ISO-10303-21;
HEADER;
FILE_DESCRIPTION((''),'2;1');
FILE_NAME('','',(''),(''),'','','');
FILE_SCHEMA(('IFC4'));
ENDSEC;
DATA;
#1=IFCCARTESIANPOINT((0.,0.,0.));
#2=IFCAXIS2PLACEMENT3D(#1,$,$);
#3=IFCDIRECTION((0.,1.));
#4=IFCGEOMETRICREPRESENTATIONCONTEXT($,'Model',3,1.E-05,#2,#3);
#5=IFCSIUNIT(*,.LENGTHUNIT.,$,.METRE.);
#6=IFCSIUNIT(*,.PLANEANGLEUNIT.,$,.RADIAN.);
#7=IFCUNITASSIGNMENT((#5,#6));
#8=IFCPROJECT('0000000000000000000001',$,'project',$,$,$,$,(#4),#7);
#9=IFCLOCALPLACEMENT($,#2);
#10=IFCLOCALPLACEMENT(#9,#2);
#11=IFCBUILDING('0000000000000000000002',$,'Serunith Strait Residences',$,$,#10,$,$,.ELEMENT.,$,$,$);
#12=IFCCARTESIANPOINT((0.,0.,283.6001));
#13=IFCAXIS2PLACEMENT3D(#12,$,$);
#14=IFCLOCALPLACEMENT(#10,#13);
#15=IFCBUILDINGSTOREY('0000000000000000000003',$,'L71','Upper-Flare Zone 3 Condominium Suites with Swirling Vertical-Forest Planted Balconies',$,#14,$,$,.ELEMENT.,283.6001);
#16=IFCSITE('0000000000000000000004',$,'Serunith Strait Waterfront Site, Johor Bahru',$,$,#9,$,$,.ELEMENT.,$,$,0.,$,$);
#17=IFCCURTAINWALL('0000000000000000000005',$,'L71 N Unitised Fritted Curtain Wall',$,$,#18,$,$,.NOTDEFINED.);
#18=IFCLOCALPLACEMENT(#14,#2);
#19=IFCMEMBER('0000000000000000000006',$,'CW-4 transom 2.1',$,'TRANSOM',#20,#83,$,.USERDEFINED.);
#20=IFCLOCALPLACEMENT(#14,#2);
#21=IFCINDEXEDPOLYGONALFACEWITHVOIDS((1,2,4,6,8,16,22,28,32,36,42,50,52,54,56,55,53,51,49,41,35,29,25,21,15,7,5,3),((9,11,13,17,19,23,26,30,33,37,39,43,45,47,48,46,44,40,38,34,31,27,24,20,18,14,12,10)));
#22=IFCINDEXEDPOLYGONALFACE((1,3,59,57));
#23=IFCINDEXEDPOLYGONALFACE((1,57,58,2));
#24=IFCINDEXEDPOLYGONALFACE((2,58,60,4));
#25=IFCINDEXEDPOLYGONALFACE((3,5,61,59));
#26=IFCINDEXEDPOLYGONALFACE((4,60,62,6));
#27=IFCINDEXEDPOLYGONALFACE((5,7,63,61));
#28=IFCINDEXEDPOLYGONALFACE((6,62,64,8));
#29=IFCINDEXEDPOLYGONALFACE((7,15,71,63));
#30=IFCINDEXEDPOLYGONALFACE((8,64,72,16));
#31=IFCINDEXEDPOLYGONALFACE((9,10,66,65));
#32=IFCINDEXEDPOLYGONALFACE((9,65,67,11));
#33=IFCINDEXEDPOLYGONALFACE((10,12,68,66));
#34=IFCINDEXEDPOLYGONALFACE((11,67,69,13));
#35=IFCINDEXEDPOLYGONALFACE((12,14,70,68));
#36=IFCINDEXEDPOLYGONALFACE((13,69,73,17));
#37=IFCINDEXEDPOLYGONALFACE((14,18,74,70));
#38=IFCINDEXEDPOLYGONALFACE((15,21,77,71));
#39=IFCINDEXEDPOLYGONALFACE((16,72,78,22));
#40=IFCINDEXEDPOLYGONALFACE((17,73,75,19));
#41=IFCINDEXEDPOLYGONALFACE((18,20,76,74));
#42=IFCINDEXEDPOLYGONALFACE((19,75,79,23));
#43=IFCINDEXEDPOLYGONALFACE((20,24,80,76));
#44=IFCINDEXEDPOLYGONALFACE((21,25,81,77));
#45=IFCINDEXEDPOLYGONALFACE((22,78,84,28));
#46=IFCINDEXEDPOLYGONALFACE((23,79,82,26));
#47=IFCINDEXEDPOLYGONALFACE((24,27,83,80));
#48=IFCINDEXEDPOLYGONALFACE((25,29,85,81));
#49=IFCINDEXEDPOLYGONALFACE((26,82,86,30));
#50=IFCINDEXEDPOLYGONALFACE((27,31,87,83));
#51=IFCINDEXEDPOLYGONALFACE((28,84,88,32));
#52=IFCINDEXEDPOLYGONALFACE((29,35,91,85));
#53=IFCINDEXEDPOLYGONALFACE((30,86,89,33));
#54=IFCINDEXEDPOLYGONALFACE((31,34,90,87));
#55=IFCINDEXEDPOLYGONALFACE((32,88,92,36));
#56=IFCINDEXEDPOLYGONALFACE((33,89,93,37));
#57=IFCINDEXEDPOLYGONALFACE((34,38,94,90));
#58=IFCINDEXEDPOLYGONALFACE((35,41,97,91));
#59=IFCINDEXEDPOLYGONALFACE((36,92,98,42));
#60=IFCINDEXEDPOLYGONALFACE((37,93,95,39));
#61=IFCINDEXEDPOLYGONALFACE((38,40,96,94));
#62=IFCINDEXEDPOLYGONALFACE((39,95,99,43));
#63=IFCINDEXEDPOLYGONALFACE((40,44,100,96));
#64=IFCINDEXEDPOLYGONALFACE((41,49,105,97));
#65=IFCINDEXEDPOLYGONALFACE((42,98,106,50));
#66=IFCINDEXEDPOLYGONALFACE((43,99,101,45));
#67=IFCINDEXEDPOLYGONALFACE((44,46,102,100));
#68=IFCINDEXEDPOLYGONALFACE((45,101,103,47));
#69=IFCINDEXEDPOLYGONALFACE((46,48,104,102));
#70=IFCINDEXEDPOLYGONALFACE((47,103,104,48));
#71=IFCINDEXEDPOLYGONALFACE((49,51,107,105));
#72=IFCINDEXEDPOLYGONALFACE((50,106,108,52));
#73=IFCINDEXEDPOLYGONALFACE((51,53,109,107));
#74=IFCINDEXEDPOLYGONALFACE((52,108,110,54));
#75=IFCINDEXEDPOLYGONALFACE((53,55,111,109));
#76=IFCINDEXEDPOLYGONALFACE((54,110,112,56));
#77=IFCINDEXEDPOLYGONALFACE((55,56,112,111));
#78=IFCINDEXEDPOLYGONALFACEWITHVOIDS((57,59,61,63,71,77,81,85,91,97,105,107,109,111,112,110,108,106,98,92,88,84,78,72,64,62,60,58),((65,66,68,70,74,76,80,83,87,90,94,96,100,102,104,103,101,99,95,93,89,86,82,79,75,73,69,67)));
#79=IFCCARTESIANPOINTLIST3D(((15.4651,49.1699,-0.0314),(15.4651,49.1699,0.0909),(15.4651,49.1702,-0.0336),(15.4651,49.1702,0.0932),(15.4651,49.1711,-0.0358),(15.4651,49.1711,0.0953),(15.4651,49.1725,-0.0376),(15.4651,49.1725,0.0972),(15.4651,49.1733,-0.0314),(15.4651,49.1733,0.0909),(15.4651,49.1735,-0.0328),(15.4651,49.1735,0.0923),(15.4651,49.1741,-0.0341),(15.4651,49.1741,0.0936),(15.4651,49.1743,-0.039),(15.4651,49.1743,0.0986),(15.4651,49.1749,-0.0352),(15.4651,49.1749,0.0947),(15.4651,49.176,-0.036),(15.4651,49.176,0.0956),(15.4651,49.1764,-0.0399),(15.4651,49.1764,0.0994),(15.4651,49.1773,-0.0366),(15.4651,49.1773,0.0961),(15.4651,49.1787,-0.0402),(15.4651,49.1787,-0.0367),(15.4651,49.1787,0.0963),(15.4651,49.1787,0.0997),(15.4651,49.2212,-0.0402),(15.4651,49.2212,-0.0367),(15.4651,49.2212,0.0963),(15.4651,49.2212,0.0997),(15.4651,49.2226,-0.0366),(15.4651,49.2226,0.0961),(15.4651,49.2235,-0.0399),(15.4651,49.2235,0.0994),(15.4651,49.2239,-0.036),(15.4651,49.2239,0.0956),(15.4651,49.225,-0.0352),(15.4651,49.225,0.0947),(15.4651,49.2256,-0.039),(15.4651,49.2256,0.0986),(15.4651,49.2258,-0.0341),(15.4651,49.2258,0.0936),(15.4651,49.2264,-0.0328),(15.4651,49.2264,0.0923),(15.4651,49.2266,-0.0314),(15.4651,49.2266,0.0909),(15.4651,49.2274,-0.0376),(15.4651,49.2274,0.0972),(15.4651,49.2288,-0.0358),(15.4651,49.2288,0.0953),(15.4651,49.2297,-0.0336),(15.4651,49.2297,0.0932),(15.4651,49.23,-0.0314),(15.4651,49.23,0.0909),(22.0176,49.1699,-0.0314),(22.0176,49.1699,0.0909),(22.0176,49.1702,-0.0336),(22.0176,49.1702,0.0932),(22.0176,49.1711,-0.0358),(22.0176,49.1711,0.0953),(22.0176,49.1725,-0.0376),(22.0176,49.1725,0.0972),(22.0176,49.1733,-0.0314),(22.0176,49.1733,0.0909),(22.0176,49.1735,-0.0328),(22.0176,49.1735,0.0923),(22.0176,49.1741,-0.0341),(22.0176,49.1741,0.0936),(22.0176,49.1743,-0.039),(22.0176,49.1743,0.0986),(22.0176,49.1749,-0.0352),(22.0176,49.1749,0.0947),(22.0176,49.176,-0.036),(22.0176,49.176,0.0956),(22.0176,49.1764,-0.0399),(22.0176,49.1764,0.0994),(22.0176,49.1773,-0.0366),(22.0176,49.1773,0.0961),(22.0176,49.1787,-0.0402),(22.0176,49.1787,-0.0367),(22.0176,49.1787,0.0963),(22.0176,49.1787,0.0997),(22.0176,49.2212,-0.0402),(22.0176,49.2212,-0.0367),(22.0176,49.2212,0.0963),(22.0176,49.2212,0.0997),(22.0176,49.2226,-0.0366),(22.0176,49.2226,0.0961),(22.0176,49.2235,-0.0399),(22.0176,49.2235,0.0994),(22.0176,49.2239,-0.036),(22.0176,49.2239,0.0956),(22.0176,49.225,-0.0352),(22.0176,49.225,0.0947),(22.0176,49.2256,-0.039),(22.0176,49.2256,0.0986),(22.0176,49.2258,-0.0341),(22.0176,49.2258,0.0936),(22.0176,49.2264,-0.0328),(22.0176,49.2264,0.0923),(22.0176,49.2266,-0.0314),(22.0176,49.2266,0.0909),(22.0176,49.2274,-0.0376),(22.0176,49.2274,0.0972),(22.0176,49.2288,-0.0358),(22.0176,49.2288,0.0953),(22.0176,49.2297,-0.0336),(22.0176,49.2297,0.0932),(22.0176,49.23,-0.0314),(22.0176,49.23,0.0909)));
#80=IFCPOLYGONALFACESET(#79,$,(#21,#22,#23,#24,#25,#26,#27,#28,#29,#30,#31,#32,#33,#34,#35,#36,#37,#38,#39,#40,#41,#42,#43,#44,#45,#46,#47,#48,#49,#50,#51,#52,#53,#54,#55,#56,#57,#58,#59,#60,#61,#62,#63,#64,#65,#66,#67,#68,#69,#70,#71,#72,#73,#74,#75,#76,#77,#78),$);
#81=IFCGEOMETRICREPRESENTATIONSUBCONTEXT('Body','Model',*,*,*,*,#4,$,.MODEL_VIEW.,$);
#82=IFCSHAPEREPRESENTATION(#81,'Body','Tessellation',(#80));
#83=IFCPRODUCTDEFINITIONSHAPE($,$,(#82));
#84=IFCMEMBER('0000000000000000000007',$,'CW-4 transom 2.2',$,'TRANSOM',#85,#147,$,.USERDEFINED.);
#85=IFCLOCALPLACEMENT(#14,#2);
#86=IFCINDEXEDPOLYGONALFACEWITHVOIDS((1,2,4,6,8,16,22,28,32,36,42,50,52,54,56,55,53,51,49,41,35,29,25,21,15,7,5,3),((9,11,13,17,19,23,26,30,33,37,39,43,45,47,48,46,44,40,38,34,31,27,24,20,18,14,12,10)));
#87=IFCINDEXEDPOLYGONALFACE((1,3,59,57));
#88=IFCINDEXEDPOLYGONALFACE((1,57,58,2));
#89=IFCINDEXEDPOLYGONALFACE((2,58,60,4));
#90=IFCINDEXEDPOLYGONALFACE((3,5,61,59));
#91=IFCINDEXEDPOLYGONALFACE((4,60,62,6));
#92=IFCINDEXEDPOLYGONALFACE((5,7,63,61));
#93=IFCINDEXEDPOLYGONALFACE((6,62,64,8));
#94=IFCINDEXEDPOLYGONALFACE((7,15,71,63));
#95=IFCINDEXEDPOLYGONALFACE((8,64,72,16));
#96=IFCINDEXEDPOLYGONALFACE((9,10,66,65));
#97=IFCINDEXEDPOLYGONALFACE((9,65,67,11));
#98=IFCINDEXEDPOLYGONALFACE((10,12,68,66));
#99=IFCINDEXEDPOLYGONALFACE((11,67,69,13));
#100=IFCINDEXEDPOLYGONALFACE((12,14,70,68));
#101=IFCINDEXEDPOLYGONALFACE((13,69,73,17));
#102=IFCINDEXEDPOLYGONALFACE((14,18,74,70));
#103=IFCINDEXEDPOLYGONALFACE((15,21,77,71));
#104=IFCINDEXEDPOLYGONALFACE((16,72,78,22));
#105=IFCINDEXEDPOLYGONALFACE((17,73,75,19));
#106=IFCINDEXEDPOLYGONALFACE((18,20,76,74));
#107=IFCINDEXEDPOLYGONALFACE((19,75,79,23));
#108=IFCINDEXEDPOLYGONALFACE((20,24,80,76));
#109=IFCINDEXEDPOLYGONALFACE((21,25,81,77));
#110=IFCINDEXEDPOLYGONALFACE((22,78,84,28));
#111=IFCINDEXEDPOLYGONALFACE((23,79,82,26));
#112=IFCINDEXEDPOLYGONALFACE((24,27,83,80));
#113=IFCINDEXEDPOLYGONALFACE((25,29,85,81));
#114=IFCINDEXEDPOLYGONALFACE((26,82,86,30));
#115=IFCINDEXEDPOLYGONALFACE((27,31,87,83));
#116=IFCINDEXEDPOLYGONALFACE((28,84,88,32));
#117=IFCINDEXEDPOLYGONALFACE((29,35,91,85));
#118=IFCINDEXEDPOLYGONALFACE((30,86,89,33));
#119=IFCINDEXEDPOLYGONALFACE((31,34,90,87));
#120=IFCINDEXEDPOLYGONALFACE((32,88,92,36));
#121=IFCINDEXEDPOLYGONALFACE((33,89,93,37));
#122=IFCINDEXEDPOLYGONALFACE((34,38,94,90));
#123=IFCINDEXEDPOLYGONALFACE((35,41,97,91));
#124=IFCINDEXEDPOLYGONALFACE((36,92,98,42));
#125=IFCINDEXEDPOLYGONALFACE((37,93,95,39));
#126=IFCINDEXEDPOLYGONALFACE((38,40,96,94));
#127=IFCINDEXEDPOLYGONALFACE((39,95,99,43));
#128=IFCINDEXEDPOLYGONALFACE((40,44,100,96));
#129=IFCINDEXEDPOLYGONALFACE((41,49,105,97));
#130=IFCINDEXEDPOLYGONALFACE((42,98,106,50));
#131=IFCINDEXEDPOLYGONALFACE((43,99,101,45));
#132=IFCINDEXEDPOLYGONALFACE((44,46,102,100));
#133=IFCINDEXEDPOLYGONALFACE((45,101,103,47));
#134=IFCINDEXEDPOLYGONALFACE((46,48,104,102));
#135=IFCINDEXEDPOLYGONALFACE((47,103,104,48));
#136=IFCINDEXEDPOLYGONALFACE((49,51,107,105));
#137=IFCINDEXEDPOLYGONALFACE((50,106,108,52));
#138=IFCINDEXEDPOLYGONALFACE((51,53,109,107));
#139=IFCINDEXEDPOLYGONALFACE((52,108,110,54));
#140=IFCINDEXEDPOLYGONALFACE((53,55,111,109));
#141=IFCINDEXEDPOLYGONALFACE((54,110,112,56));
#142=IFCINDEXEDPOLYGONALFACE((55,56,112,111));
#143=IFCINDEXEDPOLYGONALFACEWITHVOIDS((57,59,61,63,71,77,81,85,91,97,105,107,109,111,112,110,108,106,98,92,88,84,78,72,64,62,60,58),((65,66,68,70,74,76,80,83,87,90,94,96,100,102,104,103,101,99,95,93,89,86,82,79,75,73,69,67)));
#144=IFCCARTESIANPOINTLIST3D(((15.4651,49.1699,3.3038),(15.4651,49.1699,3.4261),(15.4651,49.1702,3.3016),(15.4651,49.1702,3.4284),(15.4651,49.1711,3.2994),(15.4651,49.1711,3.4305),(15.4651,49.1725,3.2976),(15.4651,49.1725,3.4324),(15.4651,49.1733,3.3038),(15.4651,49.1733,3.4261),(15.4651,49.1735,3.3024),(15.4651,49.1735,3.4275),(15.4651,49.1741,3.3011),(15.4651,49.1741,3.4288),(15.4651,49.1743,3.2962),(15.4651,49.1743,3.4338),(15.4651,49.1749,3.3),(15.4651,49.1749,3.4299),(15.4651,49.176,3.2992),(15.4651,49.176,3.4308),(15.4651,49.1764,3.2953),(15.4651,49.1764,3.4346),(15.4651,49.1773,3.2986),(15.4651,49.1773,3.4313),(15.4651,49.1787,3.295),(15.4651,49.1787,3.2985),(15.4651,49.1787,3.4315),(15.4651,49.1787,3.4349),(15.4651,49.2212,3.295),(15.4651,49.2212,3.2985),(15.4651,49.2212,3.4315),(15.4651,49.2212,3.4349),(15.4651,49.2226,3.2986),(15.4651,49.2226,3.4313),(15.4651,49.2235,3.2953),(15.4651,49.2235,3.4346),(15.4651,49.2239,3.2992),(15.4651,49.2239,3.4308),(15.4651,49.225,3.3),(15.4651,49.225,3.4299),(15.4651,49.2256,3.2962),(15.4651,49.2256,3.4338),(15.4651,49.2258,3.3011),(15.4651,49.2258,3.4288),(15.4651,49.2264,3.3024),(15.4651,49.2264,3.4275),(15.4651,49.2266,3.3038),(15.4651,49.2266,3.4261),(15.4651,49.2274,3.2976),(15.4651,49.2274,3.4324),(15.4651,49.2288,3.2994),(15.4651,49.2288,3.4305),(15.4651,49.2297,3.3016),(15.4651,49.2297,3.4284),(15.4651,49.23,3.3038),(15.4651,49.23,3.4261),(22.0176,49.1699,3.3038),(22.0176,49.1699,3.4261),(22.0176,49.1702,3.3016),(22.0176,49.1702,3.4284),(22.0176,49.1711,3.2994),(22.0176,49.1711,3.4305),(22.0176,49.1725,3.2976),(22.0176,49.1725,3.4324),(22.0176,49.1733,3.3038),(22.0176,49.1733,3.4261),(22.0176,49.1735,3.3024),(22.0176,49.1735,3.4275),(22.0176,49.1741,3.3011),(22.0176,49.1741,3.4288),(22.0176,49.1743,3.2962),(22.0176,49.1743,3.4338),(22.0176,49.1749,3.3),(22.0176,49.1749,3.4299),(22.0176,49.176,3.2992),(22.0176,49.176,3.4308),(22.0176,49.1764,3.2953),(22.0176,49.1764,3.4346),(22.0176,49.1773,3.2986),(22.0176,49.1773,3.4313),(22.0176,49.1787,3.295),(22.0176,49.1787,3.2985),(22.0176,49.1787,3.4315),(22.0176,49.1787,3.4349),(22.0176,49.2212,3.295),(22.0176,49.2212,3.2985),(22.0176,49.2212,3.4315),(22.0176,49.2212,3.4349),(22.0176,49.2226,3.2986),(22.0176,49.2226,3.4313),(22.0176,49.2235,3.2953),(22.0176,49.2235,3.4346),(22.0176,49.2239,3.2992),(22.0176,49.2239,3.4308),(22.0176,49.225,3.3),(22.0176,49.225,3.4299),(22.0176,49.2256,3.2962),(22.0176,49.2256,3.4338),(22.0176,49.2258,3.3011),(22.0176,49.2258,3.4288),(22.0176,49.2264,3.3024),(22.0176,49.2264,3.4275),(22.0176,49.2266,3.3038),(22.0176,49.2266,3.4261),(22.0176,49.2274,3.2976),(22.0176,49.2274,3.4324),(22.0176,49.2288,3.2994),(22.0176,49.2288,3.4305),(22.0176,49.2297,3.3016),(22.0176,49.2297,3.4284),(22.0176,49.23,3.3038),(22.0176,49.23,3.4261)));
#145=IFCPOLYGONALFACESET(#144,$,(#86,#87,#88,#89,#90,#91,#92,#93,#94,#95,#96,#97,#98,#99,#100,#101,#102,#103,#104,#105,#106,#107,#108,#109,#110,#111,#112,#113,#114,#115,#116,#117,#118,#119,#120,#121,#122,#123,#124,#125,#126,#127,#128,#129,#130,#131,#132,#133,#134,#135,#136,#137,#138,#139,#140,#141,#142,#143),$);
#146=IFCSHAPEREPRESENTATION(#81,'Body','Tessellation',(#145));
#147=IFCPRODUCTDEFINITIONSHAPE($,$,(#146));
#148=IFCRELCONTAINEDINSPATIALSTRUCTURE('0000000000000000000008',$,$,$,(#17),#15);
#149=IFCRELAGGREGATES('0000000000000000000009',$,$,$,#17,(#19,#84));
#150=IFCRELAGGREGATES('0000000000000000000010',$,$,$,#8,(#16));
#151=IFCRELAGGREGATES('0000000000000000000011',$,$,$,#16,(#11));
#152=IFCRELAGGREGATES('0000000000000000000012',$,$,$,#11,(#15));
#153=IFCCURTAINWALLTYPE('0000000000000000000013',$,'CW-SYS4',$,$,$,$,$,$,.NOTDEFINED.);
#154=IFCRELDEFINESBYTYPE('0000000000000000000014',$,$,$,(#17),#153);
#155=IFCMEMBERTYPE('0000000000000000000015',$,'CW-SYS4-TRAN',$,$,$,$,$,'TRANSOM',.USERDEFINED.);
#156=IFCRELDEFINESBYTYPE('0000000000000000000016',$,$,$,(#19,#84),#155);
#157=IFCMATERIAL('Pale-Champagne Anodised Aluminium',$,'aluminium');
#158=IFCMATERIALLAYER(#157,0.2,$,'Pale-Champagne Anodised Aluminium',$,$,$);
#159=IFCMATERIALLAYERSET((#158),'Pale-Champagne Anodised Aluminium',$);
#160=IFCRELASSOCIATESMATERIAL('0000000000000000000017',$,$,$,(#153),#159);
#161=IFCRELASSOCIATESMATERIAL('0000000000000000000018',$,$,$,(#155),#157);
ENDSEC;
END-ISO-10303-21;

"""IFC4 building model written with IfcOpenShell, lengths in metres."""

from ifc_helpers import new_model, si_unit, direction, frame, origin, origin_2d, place, context, subcontext, project, spatial, hollow_rectangle, extrude, source, transform, mapped, material, layer, layer_set, material_profile, profile_set, type_object, element, aggregate, save


model = new_model("IFC4")

# Units and contexts
model_context = context("Model", 3, precision=1e-05, world=origin(), true_north=direction((0.0, 1.0)))
body_context = subcontext(model_context, "Body", "Model", "MODEL_VIEW")
ifc_project = project(units=[si_unit("LENGTHUNIT", "METRE"), si_unit("PLANEANGLEUNIT", "RADIAN")], contexts=[model_context])

# Site, building, storey
site_placement = place(None, origin())
site = spatial("IfcSite", under=ifc_project, at=site_placement, Name="Serunith Strait Waterfront Site, Johor Bahru", CompositionType="ELEMENT", RefElevation=0.0)
building_placement = place(site_placement, origin())
building = spatial("IfcBuilding", under=site, at=building_placement, Name="Serunith Strait Residences", CompositionType="ELEMENT")
storey_placement = place(building_placement, frame((0.0, 0.0, 283.6001)))
storey = spatial("IfcBuildingStorey", under=building, at=storey_placement, Name="L71", Description="Upper-Flare Zone 3 Condominium Suites with Swirling Vertical-Forest Planted Balconies", CompositionType="ELEMENT", Elevation=283.6001)

# Curtain wall, members
ifc_material_1 = material(Name="Pale-Champagne Anodised Aluminium", Category="aluminium")
ifc_layer_1 = layer(ifc_material_1, 0.2, Name="Pale-Champagne Anodised Aluminium")
ifc_layer_set_1 = layer_set([ifc_layer_1], Name="Pale-Champagne Anodised Aluminium")
curtain_wall_type = type_object("IfcCurtainWallType", Name="CW-SYS4", PredefinedType="NOTDEFINED", material=ifc_layer_set_1)
curtain_wall_1_placement = place(storey_placement, origin())
curtain_wall_1 = element("IfcCurtainWall", 1, at=curtain_wall_1_placement, inside=storey, type_object=curtain_wall_type, Name="L71 N Unitised Fritted Curtain Wall", PredefinedType="NOTDEFINED")
ifc_material_profile_1 = material_profile(ifc_material_1, hollow_rectangle(XDim=0.0601, YDim=0.1399, WallThickness=0.0034, InnerFilletRadius=0.0054, OuterFilletRadius=0.0088, at=origin_2d()), Name="ALU 140x60x3.5")
ifc_profile_set_1 = profile_set([ifc_material_profile_1], Name="Pale-Champagne Anodised Aluminium")
member_type_1 = type_object("IfcMemberType", Name="CW-SYS4-TRAN", ElementType="TRANSOM", PredefinedType="USERDEFINED", material=ifc_profile_set_1)
shared_shape_1 = source(origin(), body_context, "Body", "SweptSolid", [
    extrude(hollow_rectangle(XDim=0.0601, YDim=0.1399, WallThickness=0.0034, InnerFilletRadius=0.0054, OuterFilletRadius=0.0088, at=origin_2d()), origin(), (0.0, 0.0, 1.0), 6.5525),
])
member_1_placement = place(storey_placement, frame((22.0176, 49.2, 0.0298), z_axis=(-1.0, 0.0, 0.0), x_axis=(0.0, -1.0, 0.0)))
member_1 = element("IfcMember", 2, at=member_1_placement, type_object=member_type_1, Name="CW-4 transom 2.1", ObjectType="TRANSOM", PredefinedType="USERDEFINED", context=body_context, shape_type="MappedRepresentation", body=[
    mapped(shared_shape_1, transform((0.0, 0.0, 0.0), scale=1.0)),
])
member_2_placement = place(storey_placement, frame((22.0176, 49.2, 3.365), z_axis=(-1.0, 0.0, 0.0), x_axis=(0.0, -1.0, 0.0)))
member_2 = element("IfcMember", 3, at=member_2_placement, type_object=member_type_1, Name="CW-4 transom 2.2", ObjectType="TRANSOM", PredefinedType="USERDEFINED", context=body_context, shape_type="MappedRepresentation", body=[
    mapped(shared_shape_1, transform((0.0, 0.0, 0.0), scale=1.0)),
])

aggregate(curtain_wall_1, [member_1, member_2])

save(model, "model.ifc")
